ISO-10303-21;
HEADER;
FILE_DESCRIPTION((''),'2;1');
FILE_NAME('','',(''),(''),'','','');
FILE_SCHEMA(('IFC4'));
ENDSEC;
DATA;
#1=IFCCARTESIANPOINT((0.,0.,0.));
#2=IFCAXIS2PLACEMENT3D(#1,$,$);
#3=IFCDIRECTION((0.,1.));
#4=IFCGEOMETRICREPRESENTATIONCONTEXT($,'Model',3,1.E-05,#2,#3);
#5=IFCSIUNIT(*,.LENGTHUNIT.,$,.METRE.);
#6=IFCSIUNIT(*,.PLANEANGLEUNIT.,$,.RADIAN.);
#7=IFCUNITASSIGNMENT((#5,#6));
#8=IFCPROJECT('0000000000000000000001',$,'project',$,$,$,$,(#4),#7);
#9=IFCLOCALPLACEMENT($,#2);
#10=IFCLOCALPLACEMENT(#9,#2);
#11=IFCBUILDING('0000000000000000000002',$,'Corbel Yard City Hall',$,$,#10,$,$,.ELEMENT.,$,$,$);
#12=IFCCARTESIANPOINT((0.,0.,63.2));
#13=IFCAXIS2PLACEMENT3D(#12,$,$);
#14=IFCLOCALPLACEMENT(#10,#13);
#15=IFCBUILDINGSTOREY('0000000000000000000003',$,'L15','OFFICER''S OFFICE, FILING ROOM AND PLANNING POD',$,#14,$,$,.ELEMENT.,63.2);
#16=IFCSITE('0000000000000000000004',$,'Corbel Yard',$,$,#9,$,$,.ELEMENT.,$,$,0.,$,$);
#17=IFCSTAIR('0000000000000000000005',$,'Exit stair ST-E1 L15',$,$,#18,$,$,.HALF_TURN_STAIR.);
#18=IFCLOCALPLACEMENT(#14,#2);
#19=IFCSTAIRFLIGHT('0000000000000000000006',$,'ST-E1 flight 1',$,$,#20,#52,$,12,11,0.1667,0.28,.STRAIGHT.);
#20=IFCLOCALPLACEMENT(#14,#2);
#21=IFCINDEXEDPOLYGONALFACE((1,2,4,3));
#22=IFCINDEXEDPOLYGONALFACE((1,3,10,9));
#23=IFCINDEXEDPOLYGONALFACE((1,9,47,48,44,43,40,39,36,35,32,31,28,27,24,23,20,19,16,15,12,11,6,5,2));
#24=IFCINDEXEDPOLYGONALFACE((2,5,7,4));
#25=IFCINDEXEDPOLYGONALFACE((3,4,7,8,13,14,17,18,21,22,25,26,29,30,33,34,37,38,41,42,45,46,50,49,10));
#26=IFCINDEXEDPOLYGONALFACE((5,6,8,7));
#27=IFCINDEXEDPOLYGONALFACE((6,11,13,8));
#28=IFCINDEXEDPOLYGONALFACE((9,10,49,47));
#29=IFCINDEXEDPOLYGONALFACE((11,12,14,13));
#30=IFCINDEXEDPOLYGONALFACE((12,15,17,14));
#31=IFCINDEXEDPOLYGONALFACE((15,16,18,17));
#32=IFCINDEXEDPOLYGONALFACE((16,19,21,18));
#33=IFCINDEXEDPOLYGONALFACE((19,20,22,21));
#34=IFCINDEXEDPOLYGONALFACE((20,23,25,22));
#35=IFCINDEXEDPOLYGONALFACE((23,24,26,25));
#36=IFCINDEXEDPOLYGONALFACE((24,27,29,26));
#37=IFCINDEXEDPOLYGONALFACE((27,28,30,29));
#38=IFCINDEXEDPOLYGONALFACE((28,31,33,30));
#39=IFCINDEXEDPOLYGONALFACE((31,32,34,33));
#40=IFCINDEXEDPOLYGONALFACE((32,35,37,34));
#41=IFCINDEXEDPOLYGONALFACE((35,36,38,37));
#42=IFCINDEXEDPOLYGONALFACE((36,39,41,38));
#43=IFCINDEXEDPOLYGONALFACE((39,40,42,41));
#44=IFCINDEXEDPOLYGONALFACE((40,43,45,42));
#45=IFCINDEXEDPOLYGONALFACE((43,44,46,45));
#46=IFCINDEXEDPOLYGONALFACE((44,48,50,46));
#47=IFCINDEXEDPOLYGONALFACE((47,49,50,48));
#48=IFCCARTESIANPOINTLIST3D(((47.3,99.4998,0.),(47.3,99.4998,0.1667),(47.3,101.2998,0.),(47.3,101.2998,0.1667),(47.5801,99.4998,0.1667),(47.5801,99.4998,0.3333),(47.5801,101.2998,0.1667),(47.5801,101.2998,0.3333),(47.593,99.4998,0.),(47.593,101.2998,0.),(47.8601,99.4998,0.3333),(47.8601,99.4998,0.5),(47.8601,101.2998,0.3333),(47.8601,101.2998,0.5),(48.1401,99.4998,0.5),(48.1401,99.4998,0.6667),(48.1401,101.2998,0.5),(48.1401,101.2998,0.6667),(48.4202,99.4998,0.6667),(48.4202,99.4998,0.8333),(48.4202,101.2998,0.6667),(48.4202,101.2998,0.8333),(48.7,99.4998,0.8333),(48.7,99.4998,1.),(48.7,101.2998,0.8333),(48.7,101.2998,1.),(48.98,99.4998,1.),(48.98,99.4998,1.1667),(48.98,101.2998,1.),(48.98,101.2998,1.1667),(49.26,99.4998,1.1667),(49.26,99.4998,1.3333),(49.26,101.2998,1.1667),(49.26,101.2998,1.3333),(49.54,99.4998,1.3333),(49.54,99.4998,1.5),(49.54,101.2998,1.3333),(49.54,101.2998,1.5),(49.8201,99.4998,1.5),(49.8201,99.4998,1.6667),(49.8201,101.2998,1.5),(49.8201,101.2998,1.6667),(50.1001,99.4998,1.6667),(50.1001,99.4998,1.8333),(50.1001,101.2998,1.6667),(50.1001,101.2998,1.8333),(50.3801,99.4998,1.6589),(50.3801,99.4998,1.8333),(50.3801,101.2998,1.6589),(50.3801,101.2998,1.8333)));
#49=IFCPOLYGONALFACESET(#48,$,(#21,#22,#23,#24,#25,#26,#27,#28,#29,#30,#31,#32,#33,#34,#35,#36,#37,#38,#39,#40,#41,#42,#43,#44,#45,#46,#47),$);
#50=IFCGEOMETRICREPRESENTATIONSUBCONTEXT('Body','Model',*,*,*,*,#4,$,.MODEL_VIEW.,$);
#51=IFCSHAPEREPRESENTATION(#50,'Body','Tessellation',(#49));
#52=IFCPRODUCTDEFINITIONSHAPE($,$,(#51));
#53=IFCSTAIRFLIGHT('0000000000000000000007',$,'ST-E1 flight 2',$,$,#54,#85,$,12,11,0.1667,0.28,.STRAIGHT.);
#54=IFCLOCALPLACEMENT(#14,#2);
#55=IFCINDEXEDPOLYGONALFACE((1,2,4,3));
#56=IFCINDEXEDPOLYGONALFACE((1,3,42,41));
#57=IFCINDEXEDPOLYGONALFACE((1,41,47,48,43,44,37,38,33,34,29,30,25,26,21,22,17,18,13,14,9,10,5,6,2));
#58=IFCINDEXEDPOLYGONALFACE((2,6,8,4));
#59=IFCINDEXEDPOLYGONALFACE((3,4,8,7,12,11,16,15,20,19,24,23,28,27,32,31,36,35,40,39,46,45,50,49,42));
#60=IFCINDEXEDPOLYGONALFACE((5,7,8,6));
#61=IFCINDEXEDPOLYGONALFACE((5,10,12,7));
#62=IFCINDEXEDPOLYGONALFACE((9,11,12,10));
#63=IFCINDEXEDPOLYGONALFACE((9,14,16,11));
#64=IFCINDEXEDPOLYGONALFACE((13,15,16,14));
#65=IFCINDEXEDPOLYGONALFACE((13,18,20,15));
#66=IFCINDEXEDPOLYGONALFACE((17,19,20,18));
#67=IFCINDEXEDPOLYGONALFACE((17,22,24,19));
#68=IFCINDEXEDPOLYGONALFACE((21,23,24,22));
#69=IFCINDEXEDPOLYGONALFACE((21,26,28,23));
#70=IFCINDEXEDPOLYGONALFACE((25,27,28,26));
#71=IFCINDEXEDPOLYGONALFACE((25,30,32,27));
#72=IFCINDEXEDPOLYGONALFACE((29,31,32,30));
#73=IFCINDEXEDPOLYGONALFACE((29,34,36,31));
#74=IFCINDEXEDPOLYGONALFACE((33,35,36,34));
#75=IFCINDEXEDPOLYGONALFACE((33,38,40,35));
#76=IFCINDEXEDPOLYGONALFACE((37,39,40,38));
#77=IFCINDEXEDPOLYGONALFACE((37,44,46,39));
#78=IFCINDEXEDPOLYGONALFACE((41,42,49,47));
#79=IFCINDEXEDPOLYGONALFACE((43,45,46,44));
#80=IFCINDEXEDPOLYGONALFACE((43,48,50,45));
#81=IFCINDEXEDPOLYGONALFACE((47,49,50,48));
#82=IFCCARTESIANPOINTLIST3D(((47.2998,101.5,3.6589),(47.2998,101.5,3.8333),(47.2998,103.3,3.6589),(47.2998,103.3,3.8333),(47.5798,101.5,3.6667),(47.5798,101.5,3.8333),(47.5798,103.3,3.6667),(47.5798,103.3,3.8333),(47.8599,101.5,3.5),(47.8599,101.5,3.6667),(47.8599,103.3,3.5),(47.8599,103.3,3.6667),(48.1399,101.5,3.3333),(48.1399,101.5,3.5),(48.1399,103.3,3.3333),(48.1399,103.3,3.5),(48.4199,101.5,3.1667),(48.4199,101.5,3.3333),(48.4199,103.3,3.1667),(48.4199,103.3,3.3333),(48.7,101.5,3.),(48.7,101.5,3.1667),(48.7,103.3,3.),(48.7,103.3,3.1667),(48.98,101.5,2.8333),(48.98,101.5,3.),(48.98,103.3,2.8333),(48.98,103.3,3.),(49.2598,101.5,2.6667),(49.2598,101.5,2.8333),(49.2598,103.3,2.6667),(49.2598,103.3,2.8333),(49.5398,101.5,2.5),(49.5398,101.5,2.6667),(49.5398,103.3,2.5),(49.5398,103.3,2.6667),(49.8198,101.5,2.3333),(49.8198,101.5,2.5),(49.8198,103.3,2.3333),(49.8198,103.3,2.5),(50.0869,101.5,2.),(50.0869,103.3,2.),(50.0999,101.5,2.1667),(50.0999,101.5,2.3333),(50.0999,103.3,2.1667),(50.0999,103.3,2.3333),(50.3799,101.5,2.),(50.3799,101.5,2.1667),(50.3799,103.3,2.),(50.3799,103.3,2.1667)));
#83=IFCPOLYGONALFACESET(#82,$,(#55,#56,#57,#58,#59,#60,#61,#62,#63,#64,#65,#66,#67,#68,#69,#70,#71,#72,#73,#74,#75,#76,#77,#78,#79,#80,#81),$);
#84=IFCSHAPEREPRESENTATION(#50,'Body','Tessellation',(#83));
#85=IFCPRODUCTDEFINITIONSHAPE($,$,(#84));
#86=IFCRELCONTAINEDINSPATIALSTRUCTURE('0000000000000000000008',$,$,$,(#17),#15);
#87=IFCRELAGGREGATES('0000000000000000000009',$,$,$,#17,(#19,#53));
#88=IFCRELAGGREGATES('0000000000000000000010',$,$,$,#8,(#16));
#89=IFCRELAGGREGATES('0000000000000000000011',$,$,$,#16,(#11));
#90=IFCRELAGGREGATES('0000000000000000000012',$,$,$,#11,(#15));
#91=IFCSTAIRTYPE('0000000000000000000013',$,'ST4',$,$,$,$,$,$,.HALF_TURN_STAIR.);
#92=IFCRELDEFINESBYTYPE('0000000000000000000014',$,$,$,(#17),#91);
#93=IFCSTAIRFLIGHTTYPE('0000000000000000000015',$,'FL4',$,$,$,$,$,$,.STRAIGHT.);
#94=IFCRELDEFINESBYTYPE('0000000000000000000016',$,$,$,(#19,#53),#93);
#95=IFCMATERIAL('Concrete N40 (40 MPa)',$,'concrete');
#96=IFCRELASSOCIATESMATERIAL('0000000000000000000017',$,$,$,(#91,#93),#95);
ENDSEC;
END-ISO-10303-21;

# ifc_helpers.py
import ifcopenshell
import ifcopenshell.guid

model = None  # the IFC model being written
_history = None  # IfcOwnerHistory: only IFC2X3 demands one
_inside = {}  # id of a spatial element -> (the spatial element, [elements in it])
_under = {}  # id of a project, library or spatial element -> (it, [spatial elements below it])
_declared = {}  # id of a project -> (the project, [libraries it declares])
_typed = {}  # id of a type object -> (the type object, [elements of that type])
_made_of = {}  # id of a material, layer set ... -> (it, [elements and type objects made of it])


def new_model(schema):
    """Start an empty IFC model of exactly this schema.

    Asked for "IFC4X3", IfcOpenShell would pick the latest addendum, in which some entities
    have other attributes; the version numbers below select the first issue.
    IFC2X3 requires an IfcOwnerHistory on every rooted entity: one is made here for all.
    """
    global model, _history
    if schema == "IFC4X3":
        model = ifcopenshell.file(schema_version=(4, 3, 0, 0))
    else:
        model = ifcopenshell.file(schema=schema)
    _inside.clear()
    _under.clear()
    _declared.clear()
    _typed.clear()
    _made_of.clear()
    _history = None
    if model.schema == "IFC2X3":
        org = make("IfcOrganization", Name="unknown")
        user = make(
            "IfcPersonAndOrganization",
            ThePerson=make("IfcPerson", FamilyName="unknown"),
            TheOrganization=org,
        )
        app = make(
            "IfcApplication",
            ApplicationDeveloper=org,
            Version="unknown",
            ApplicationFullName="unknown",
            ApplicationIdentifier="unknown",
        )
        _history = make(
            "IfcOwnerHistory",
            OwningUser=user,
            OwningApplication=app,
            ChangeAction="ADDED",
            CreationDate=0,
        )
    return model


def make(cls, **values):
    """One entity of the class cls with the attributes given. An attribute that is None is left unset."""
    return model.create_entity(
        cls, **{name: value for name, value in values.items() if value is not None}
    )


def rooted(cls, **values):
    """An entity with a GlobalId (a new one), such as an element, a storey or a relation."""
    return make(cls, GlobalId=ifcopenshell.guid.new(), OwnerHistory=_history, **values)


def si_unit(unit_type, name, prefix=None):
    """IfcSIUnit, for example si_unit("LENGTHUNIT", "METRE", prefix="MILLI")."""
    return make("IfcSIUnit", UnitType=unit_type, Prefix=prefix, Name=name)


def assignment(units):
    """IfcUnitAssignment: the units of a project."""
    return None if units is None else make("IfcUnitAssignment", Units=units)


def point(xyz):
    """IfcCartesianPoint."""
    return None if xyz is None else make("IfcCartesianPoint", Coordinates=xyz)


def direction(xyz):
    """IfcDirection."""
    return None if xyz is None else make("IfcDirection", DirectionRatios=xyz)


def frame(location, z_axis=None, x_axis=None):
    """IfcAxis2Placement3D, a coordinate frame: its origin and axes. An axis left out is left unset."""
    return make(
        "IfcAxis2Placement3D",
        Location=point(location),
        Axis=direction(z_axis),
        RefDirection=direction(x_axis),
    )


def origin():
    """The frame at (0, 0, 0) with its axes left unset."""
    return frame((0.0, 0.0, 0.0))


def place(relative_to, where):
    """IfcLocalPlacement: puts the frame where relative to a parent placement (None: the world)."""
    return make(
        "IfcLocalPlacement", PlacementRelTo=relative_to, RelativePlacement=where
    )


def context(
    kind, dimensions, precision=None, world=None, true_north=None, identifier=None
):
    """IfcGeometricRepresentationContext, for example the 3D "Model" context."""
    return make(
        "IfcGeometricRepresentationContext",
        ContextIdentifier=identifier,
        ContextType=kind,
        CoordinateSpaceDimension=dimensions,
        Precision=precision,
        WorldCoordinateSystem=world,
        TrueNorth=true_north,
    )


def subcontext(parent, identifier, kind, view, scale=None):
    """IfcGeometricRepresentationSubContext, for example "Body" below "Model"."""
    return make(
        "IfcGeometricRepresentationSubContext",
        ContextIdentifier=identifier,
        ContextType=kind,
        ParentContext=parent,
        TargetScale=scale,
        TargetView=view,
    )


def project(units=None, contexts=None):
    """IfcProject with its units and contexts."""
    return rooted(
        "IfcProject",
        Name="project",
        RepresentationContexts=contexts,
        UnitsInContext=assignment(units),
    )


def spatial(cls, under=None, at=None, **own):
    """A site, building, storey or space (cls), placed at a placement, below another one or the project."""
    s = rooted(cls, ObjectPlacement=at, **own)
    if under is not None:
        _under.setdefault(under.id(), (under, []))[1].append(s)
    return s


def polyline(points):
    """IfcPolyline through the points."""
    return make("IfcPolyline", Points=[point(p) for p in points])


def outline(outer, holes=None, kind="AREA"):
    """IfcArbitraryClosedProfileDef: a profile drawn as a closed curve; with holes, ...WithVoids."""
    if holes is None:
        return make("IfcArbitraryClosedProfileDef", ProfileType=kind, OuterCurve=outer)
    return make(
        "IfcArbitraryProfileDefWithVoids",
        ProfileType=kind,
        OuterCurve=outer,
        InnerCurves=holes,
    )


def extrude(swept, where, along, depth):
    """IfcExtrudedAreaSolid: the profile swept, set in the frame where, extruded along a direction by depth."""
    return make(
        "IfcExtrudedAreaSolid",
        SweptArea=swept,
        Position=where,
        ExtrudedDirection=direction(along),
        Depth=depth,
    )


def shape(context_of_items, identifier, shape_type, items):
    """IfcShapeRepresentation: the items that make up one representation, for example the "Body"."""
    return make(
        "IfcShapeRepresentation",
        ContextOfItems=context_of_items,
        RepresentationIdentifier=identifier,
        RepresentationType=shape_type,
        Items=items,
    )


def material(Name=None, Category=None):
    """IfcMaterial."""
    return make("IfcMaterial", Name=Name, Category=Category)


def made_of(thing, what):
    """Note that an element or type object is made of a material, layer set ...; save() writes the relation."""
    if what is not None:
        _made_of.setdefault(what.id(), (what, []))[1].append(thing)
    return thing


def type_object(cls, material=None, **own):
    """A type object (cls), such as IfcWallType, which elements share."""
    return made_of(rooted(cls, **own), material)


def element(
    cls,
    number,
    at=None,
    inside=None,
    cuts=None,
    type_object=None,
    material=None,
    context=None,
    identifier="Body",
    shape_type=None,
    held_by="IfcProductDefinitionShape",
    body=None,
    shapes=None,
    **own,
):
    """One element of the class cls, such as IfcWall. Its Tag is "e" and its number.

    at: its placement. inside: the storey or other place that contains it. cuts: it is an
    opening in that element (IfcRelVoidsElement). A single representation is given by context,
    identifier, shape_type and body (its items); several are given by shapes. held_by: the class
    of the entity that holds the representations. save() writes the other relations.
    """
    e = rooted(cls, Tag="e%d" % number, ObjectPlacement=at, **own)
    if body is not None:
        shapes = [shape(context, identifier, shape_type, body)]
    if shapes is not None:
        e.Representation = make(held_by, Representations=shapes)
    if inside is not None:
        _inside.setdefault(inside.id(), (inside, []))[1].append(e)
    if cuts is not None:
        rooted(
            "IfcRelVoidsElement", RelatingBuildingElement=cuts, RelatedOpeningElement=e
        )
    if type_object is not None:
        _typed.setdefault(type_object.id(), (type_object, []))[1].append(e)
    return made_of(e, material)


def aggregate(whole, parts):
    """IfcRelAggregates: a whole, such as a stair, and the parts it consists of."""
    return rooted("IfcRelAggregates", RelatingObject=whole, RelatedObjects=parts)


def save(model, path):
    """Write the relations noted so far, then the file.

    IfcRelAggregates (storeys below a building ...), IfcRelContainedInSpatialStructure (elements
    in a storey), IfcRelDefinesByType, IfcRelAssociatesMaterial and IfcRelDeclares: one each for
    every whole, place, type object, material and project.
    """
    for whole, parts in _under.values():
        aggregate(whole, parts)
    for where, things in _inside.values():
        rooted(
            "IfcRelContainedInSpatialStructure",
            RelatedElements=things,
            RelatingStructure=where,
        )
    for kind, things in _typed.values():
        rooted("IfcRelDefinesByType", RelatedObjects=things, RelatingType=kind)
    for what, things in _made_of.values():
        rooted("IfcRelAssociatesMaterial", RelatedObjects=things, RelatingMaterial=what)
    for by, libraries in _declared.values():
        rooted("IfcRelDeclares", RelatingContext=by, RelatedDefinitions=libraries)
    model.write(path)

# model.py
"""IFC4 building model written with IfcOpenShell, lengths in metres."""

from ifc_helpers import new_model, si_unit, direction, frame, origin, place, context, subcontext, project, spatial, polyline, outline, extrude, material, type_object, element, aggregate, save


model = new_model("IFC4")

# Units and contexts
model_context = context("Model", 3, precision=1e-05, world=origin(), true_north=direction((0.0, 1.0)))
body_context = subcontext(model_context, "Body", "Model", "MODEL_VIEW")
ifc_project = project(units=[si_unit("LENGTHUNIT", "METRE"), si_unit("PLANEANGLEUNIT", "RADIAN")], contexts=[model_context])

# Site, building, storey
site_placement = place(None, origin())
site = spatial("IfcSite", under=ifc_project, at=site_placement, Name="Corbel Yard", CompositionType="ELEMENT", RefElevation=0.0)
building_placement = place(site_placement, origin())
building = spatial("IfcBuilding", under=site, at=building_placement, Name="Corbel Yard City Hall", CompositionType="ELEMENT")
storey_placement = place(building_placement, frame((0.0, 0.0, 63.2)))
storey = spatial("IfcBuildingStorey", under=building, at=storey_placement, Name="L15", Description="OFFICER'S OFFICE, FILING ROOM AND PLANNING POD", CompositionType="ELEMENT", Elevation=63.2)

# Shared definitions
ifc_material_1 = material(Name="Concrete N40 (40 MPa)", Category="concrete")

# Stair, stair flights
stair_type = type_object("IfcStairType", Name="ST4", PredefinedType="HALF_TURN_STAIR", material=ifc_material_1)
stair_placement = place(storey_placement, origin())
stair = element("IfcStair", 1, at=stair_placement, inside=storey, type_object=stair_type, Name="Exit stair ST-E1 L15", PredefinedType="HALF_TURN_STAIR")
stair_flight_type = type_object("IfcStairFlightType", Name="FL4", PredefinedType="STRAIGHT", material=ifc_material_1)
stair_flight_1_placement = place(storey_placement, frame((47.3, 100.3999, 0.0), z_axis=(0.0, 0.0, 1.0), x_axis=(1.0, 0.0, 0.0)))
stair_flight_1 = element("IfcStairFlight", 2, at=stair_flight_1_placement, type_object=stair_flight_type, Name="ST-E1 flight 1", NumberOfRisers=12, NumberOfTreads=11, PredefinedType="STRAIGHT", RiserHeight=0.1667, TreadLength=0.28, context=body_context, shape_type="SweptSolid", body=[
    extrude(outline(polyline([(0.0, 0.0), (0.0, 0.1667), (0.28, 0.1667), (0.28, 0.3333), (0.5601, 0.3333), (0.5601, 0.5), (0.8401, 0.5), (0.8401, 0.6667), (1.1201, 0.6667), (1.1201, 0.8333), (1.3999, 0.8333), (1.3999, 1.0), (1.6799, 1.0), (1.6799, 1.1667), (1.96, 1.1667), (1.96, 1.3333), (2.24, 1.3333), (2.24, 1.5), (2.52, 1.5), (2.52, 1.6667), (2.8, 1.6667), (2.8, 1.8333), (3.0801, 1.8333), (3.0801, 2.0), (3.0801, 1.6589), (0.293, 0.0), (0.0, 0.0)])), frame((0.0, 0.8999, 0.0), z_axis=(0.0, -1.0, 0.0), x_axis=(1.0, 0.0, 0.0)), (0.0, 0.0, 1.0), 1.8),
])
stair_flight_2_placement = place(storey_placement, frame((50.3799, 102.3999, 2.0), z_axis=(0.0, 0.0, 1.0), x_axis=(-1.0, 0.0, 0.0)))
stair_flight_2 = element("IfcStairFlight", 3, at=stair_flight_2_placement, type_object=stair_flight_type, Name="ST-E1 flight 2", NumberOfRisers=12, NumberOfTreads=11, PredefinedType="STRAIGHT", RiserHeight=0.1667, TreadLength=0.28, context=body_context, shape_type="SweptSolid", body=[
    extrude(outline(polyline([(0.0, 0.0), (0.0, 0.1667), (0.28, 0.1667), (0.28, 0.3333), (0.5601, 0.3333), (0.5601, 0.5), (0.8401, 0.5), (0.8401, 0.6667), (1.1201, 0.6667), (1.1201, 0.8333), (1.3999, 0.8333), (1.3999, 1.0), (1.6799, 1.0), (1.6799, 1.1667), (1.96, 1.1667), (1.96, 1.3333), (2.24, 1.3333), (2.24, 1.5), (2.52, 1.5), (2.52, 1.6667), (2.8, 1.6667), (2.8, 1.8333), (3.0801, 1.8333), (3.0801, 2.0), (3.0801, 1.6589), (0.293, 0.0), (0.0, 0.0)])), frame((0.0, 0.8999, 0.0), z_axis=(0.0, -1.0, 0.0), x_axis=(1.0, 0.0, 0.0)), (0.0, 0.0, 1.0), 1.8),
])
aggregate(stair, [stair_flight_1, stair_flight_2])

save(model, "model.ifc")
